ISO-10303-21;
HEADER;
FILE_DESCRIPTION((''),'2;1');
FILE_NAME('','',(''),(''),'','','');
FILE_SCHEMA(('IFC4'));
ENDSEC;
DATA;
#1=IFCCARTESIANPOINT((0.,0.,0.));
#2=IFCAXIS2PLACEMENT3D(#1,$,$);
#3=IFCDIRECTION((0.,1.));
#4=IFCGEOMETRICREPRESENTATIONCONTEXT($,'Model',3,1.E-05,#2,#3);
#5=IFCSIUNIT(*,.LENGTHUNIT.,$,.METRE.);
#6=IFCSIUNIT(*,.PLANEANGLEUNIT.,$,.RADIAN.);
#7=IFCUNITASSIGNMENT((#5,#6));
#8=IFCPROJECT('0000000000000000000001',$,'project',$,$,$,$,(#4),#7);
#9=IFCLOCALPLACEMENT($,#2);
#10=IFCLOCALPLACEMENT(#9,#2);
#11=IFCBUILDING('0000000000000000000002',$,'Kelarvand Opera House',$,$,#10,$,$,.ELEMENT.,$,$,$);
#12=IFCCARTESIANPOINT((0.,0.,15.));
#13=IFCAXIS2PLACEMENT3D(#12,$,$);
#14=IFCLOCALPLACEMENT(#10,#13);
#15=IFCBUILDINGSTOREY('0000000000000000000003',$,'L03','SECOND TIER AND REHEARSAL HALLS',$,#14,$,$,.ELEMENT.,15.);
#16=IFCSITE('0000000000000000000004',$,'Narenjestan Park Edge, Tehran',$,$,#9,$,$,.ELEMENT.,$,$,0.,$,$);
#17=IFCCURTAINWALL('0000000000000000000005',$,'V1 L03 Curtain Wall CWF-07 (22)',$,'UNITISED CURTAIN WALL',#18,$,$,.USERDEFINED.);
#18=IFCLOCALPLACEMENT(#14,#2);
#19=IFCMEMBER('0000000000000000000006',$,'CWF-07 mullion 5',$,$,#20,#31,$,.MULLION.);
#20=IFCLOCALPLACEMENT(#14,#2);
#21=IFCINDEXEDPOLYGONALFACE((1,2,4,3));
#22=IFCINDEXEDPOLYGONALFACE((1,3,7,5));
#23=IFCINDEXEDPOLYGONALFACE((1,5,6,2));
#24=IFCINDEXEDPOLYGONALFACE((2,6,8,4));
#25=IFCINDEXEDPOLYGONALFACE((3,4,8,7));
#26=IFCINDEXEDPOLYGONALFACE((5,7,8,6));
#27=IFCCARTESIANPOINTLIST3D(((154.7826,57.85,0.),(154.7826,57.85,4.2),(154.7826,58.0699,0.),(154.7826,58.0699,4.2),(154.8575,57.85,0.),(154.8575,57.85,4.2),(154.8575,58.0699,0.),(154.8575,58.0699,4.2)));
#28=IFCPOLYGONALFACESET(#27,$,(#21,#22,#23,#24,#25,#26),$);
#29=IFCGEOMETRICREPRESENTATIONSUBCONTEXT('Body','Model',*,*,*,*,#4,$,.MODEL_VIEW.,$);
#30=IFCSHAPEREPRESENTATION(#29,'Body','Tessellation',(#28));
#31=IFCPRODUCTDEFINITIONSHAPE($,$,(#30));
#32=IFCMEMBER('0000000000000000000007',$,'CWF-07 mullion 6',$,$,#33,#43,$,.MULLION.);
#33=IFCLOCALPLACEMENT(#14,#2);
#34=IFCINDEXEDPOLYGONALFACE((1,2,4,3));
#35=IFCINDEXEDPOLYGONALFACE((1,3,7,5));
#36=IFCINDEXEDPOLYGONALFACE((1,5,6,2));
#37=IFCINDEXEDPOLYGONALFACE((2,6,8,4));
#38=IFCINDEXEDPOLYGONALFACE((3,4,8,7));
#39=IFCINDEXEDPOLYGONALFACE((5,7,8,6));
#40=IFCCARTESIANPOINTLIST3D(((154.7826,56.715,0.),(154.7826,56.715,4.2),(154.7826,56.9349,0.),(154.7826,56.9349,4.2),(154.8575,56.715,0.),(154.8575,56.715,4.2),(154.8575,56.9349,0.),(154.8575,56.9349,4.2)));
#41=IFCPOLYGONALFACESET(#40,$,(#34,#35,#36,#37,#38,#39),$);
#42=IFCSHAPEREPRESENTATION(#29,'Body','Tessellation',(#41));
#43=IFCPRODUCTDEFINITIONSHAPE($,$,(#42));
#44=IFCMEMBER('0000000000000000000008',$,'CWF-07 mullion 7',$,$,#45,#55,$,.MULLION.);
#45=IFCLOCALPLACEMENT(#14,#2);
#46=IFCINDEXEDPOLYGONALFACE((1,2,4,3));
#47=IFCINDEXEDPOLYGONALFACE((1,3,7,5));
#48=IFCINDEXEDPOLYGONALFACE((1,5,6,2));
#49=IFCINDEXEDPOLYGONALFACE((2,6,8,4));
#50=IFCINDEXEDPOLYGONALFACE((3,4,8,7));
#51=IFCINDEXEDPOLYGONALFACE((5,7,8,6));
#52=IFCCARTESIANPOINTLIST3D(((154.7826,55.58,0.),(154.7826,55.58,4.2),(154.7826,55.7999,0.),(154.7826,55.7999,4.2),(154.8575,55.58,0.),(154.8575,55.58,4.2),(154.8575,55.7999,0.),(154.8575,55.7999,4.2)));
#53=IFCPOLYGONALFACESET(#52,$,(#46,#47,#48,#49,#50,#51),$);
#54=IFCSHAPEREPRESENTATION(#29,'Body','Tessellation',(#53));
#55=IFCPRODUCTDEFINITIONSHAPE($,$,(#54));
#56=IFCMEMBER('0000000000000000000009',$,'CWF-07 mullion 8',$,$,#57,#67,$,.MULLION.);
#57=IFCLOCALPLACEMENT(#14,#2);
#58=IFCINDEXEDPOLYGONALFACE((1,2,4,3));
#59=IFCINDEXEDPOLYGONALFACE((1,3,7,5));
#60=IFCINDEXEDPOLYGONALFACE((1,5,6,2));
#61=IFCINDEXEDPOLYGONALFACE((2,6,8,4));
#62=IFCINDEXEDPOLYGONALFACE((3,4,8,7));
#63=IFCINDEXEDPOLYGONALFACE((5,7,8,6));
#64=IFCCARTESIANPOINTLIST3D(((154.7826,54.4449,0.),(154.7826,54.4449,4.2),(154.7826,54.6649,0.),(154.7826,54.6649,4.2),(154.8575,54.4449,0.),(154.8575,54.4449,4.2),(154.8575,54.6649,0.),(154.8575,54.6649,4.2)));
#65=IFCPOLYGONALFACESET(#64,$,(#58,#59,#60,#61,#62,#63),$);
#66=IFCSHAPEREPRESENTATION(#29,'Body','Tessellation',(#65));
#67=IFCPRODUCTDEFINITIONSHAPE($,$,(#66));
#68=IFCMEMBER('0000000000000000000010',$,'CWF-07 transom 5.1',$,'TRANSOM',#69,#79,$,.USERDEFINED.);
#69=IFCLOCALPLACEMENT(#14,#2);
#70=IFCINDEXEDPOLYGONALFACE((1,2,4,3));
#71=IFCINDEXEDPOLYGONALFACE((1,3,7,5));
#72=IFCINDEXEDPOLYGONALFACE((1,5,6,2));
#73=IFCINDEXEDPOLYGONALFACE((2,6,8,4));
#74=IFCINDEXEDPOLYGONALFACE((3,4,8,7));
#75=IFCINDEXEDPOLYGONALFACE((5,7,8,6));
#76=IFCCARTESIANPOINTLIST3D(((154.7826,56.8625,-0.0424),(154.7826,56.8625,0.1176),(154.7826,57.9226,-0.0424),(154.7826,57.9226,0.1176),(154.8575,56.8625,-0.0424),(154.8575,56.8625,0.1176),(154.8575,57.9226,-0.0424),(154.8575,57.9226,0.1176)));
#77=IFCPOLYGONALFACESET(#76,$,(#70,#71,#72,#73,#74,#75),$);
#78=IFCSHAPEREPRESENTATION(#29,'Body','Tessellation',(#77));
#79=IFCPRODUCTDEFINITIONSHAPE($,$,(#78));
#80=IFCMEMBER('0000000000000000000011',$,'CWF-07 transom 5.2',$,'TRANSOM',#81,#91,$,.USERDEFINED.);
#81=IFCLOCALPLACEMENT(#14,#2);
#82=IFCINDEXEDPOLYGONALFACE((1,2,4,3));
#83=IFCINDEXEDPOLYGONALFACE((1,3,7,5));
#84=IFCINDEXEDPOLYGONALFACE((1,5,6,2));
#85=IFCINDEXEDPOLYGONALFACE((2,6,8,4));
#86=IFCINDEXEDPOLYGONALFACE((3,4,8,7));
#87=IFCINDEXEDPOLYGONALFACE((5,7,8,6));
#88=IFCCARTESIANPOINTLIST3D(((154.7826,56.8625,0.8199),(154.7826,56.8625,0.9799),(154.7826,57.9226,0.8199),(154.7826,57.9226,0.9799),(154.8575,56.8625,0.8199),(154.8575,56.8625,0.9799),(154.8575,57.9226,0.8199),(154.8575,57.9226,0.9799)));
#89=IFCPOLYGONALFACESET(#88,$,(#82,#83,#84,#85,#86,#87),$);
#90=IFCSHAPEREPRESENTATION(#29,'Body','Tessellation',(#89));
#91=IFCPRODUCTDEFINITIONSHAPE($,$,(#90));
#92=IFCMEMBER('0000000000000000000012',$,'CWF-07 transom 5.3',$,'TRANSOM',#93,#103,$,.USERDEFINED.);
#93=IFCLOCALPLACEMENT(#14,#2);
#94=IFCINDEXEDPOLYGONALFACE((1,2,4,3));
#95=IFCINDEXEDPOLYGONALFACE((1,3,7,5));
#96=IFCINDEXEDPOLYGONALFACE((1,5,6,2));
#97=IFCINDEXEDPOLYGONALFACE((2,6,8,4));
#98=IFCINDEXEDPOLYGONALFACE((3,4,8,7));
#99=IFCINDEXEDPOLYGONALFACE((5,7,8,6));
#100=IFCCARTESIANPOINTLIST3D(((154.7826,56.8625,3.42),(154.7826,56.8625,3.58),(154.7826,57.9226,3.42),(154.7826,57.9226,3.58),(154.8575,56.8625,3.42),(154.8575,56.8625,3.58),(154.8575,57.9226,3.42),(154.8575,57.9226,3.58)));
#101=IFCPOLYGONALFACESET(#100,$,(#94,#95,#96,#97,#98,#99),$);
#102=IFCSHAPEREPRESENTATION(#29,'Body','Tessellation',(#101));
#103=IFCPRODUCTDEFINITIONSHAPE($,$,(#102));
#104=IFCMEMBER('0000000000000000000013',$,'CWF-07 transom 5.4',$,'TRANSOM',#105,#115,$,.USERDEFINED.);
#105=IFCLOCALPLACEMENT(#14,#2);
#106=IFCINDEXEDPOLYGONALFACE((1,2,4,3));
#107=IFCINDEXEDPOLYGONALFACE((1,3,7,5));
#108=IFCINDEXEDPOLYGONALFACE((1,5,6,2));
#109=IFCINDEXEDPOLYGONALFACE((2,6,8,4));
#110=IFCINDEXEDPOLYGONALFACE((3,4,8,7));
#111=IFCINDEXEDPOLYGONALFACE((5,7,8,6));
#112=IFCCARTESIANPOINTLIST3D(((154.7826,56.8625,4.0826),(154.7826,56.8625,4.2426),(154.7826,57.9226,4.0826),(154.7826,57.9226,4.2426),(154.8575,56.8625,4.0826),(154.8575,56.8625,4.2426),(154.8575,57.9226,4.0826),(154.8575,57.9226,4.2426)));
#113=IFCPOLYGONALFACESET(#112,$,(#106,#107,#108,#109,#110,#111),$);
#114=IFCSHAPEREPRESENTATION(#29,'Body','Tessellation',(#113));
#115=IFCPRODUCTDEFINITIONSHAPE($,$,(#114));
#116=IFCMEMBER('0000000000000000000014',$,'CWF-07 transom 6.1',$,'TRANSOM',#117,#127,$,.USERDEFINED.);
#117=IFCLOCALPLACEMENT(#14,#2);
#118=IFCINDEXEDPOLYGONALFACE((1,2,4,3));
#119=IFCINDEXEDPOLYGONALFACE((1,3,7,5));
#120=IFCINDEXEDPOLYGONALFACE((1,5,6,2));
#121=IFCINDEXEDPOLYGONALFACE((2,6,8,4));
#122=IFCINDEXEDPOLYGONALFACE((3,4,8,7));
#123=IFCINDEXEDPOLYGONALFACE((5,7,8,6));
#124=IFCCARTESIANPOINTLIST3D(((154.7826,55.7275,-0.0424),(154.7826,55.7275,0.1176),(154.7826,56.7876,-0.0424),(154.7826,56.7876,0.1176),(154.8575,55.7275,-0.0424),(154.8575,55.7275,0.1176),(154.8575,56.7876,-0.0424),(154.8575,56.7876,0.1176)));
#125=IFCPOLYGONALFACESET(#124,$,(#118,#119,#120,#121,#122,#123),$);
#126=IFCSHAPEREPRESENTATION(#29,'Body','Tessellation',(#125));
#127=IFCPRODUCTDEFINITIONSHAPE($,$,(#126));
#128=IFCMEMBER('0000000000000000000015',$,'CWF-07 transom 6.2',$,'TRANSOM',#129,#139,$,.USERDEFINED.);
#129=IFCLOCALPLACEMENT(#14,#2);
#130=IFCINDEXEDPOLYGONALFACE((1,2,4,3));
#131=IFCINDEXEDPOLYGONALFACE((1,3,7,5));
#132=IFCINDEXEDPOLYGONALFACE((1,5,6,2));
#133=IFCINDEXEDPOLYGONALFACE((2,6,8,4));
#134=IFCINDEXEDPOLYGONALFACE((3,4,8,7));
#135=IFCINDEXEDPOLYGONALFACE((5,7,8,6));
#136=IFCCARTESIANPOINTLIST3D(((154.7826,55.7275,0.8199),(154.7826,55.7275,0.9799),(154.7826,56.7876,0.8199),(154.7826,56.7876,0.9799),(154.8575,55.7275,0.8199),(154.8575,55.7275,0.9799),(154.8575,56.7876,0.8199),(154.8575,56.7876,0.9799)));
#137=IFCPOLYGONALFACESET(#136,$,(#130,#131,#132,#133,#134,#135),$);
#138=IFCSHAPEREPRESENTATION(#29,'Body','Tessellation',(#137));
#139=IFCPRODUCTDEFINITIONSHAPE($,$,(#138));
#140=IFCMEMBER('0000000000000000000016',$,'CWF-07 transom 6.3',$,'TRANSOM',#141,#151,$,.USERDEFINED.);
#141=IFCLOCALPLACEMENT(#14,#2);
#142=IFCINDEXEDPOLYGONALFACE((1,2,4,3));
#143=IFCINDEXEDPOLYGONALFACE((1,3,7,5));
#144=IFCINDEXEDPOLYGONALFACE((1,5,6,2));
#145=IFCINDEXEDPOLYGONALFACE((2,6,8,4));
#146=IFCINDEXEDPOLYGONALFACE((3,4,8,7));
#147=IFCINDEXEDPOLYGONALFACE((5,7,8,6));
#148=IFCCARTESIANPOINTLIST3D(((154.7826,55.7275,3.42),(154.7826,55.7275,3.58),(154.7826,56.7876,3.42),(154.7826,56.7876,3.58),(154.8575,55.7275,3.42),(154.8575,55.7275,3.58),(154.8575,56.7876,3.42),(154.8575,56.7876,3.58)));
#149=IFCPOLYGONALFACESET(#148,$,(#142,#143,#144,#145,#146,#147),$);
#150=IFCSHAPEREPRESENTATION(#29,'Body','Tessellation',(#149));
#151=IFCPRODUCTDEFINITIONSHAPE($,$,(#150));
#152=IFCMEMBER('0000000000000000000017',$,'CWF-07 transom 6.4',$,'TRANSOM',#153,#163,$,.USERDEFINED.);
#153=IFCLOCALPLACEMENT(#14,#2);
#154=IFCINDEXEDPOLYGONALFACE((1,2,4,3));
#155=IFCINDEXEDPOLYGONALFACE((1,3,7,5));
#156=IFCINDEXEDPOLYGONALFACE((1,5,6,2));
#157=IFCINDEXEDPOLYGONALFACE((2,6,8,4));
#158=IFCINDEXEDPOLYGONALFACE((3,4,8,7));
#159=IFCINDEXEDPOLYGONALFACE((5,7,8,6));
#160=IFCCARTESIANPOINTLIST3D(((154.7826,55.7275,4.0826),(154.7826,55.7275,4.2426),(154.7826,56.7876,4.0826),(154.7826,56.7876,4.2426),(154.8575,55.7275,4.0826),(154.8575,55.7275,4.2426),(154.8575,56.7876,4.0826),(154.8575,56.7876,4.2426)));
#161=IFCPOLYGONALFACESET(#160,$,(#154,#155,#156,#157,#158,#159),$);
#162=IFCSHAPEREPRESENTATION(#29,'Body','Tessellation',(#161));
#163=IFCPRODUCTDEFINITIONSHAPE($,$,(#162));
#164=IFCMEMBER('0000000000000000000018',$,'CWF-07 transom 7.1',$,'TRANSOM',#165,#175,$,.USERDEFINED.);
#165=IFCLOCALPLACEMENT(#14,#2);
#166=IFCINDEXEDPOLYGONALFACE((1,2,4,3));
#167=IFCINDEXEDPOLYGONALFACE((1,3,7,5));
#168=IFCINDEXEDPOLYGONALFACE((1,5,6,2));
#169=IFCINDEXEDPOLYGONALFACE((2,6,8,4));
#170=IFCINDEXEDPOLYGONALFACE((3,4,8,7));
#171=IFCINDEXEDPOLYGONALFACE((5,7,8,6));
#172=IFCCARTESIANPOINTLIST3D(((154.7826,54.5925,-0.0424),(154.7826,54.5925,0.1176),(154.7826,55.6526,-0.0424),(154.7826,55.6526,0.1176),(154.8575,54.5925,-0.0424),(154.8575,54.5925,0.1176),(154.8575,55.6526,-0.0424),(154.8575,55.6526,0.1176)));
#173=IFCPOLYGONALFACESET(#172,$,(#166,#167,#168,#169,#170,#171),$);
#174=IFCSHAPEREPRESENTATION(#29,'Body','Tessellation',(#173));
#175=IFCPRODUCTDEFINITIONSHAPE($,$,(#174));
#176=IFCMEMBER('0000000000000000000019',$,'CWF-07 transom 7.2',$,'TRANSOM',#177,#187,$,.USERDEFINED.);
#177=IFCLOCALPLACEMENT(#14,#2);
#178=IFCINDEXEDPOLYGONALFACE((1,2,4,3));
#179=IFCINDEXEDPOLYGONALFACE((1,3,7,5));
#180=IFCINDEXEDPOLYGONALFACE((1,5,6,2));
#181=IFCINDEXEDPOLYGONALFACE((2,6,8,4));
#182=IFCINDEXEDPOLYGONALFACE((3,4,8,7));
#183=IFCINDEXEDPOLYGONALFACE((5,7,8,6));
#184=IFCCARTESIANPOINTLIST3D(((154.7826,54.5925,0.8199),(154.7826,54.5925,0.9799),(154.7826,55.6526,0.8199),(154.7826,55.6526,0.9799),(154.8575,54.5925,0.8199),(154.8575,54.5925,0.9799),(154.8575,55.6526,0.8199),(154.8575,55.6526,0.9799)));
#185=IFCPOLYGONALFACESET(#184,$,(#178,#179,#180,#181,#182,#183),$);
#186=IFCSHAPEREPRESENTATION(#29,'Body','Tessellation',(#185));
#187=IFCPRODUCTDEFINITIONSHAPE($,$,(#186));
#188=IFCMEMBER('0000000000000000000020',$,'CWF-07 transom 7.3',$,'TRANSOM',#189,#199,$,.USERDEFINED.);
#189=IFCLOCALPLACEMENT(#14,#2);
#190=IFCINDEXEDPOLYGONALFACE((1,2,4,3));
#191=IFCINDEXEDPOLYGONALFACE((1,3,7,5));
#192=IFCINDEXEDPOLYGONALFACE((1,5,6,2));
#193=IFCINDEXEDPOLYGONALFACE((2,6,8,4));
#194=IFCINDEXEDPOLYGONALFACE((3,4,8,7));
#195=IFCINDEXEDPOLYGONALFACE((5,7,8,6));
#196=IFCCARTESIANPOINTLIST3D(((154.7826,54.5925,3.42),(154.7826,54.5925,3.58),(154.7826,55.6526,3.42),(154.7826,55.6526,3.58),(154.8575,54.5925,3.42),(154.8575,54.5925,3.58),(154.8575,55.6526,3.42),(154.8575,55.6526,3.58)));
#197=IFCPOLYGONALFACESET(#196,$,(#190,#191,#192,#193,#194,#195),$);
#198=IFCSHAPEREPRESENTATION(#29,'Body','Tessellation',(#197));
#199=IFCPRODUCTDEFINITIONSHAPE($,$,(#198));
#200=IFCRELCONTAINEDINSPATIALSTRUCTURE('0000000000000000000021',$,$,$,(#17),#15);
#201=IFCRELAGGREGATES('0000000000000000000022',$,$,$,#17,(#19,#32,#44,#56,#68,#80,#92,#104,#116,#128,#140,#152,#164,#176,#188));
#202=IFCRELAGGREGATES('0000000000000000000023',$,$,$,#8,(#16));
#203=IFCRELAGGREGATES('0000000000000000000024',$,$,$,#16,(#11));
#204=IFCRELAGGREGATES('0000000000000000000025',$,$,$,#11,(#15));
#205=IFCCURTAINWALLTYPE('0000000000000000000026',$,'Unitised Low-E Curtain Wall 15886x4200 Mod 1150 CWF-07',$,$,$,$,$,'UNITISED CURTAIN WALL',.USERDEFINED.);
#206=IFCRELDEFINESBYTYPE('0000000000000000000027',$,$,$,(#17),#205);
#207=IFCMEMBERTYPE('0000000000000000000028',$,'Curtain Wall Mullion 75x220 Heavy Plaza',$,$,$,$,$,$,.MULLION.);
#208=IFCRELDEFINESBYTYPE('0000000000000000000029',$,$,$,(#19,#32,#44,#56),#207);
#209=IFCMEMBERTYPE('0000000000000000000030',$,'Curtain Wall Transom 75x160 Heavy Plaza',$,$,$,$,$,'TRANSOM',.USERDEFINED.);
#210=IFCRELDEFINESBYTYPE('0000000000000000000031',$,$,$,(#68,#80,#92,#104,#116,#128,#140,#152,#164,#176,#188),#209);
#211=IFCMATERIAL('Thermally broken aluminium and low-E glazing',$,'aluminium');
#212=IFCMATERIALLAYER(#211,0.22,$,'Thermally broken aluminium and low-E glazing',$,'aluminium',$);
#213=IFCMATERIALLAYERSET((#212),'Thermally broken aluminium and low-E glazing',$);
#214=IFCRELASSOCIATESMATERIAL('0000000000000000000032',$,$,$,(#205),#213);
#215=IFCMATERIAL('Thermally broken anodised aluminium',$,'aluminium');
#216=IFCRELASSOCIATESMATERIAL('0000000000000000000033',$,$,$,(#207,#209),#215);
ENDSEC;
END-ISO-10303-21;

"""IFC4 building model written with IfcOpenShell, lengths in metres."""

from ifc_helpers import new_model, si_unit, direction, frame, origin, origin_2d, place, context, subcontext, project, spatial, rectangle, extrude, material, layer, layer_set, material_profile, profile_set, type_object, element, aggregate, save


model = new_model("IFC4")

# Units and contexts
model_context = context("Model", 3, precision=1e-05, world=origin(), true_north=direction((0.0, 1.0)))
body_context = subcontext(model_context, "Body", "Model", "MODEL_VIEW")
ifc_project = project(units=[si_unit("LENGTHUNIT", "METRE"), si_unit("PLANEANGLEUNIT", "RADIAN")], contexts=[model_context])

# Site, building, storey
site_placement = place(None, origin())
site = spatial("IfcSite", under=ifc_project, at=site_placement, Name="Narenjestan Park Edge, Tehran", CompositionType="ELEMENT", RefElevation=0.0)
building_placement = place(site_placement, origin())
building = spatial("IfcBuilding", under=site, at=building_placement, Name="Kelarvand Opera House", CompositionType="ELEMENT")
storey_placement = place(building_placement, frame((0.0, 0.0, 15.0)))
storey = spatial("IfcBuildingStorey", under=building, at=storey_placement, Name="L03", Description="SECOND TIER AND REHEARSAL HALLS", CompositionType="ELEMENT", Elevation=15.0)

# Curtain wall, members
ifc_material_1 = material(Name="Thermally broken aluminium and low-E glazing", Category="aluminium")
ifc_layer_1 = layer(ifc_material_1, 0.22, Name="Thermally broken aluminium and low-E glazing", Category="aluminium")
ifc_layer_set_1 = layer_set([ifc_layer_1], Name="Thermally broken aluminium and low-E glazing")
curtain_wall_type = type_object("IfcCurtainWallType", Name="Unitised Low-E Curtain Wall 15886x4200 Mod 1150 CWF-07", ElementType="UNITISED CURTAIN WALL", PredefinedType="USERDEFINED", material=ifc_layer_set_1)
curtain_wall_placement = place(storey_placement, origin())
curtain_wall = element("IfcCurtainWall", 1, at=curtain_wall_placement, inside=storey, type_object=curtain_wall_type, Name="V1 L03 Curtain Wall CWF-07 (22)", ObjectType="UNITISED CURTAIN WALL", PredefinedType="USERDEFINED")
ifc_material_2 = material(Name="Thermally broken anodised aluminium", Category="aluminium")
ifc_material_profile_1 = material_profile(ifc_material_2, rectangle(XDim=0.075, YDim=0.22, at=origin_2d()), Name="ALU MULLION 75x220", Category="aluminium")
ifc_profile_set_1 = profile_set([ifc_material_profile_1], Name="Thermally broken anodised aluminium")
member_type_1 = type_object("IfcMemberType", Name="Curtain Wall Mullion 75x220 Heavy Plaza", PredefinedType="MULLION", material=ifc_profile_set_1)
member_1_placement = place(storey_placement, frame((154.8201, 57.96, 0.0), z_axis=(0.0, 0.0, 1.0), x_axis=(1.0, 0.0, 0.0)))
member_1 = element("IfcMember", 2, at=member_1_placement, type_object=member_type_1, Name="CWF-07 mullion 5", PredefinedType="MULLION", context=body_context, shape_type="SweptSolid", body=[
    extrude(rectangle(XDim=0.075, YDim=0.22, at=origin_2d()), origin(), (0.0, 0.0, 1.0), 4.2),
])
member_2_placement = place(storey_placement, frame((154.8201, 56.825, 0.0), z_axis=(0.0, 0.0, 1.0), x_axis=(1.0, 0.0, 0.0)))
member_2 = element("IfcMember", 3, at=member_2_placement, type_object=member_type_1, Name="CWF-07 mullion 6", PredefinedType="MULLION", context=body_context, shape_type="SweptSolid", body=[
    extrude(rectangle(XDim=0.075, YDim=0.22, at=origin_2d()), origin(), (0.0, 0.0, 1.0), 4.2),
])
member_3_placement = place(storey_placement, frame((154.8201, 55.6899, 0.0), z_axis=(0.0, 0.0, 1.0), x_axis=(1.0, 0.0, 0.0)))
member_3 = element("IfcMember", 4, at=member_3_placement, type_object=member_type_1, Name="CWF-07 mullion 7", PredefinedType="MULLION", context=body_context, shape_type="SweptSolid", body=[
    extrude(rectangle(XDim=0.075, YDim=0.22, at=origin_2d()), origin(), (0.0, 0.0, 1.0), 4.2),
])
member_4_placement = place(storey_placement, frame((154.8201, 54.5549, 0.0), z_axis=(0.0, 0.0, 1.0), x_axis=(1.0, 0.0, 0.0)))
member_4 = element("IfcMember", 5, at=member_4_placement, type_object=member_type_1, Name="CWF-07 mullion 8", PredefinedType="MULLION", context=body_context, shape_type="SweptSolid", body=[
    extrude(rectangle(XDim=0.075, YDim=0.22, at=origin_2d()), origin(), (0.0, 0.0, 1.0), 4.2),
])
ifc_material_profile_2 = material_profile(ifc_material_2, rectangle(XDim=0.075, YDim=0.1599, at=origin_2d()), Name="ALU TRANSOM 75x160", Category="aluminium")
ifc_profile_set_2 = profile_set([ifc_material_profile_2], Name="Thermally broken anodised aluminium")
member_type_2 = type_object("IfcMemberType", Name="Curtain Wall Transom 75x160 Heavy Plaza", ElementType="TRANSOM", PredefinedType="USERDEFINED", material=ifc_profile_set_2)
member_5_placement = place(storey_placement, frame((154.8201, 57.9226, 0.0376), z_axis=(0.0, -1.0, 0.0), x_axis=(1.0, 0.0, 0.0)))
member_5 = element("IfcMember", 6, at=member_5_placement, type_object=member_type_2, Name="CWF-07 transom 5.1", ObjectType="TRANSOM", PredefinedType="USERDEFINED", context=body_context, shape_type="SweptSolid", body=[
    extrude(rectangle(XDim=0.075, YDim=0.1599, at=origin_2d()), origin(), (0.0, 0.0, 1.0), 1.0601),
])
member_6_placement = place(storey_placement, frame((154.8201, 57.9226, 0.8999), z_axis=(0.0, -1.0, 0.0), x_axis=(1.0, 0.0, 0.0)))
member_6 = element("IfcMember", 7, at=member_6_placement, type_object=member_type_2, Name="CWF-07 transom 5.2", ObjectType="TRANSOM", PredefinedType="USERDEFINED", context=body_context, shape_type="SweptSolid", body=[
    extrude(rectangle(XDim=0.075, YDim=0.1599, at=origin_2d()), origin(), (0.0, 0.0, 1.0), 1.0601),
])
member_7_placement = place(storey_placement, frame((154.8201, 57.9226, 3.5), z_axis=(0.0, -1.0, 0.0), x_axis=(1.0, 0.0, 0.0)))
member_7 = element("IfcMember", 8, at=member_7_placement, type_object=member_type_2, Name="CWF-07 transom 5.3", ObjectType="TRANSOM", PredefinedType="USERDEFINED", context=body_context, shape_type="SweptSolid", body=[
    extrude(rectangle(XDim=0.075, YDim=0.1599, at=origin_2d()), origin(), (0.0, 0.0, 1.0), 1.0601),
])
member_8_placement = place(storey_placement, frame((154.8201, 57.9226, 4.1626), z_axis=(0.0, -1.0, 0.0), x_axis=(1.0, 0.0, 0.0)))
member_8 = element("IfcMember", 9, at=member_8_placement, type_object=member_type_2, Name="CWF-07 transom 5.4", ObjectType="TRANSOM", PredefinedType="USERDEFINED", context=body_context, shape_type="SweptSolid", body=[
    extrude(rectangle(XDim=0.075, YDim=0.1599, at=origin_2d()), origin(), (0.0, 0.0, 1.0), 1.0601),
])
member_9_placement = place(storey_placement, frame((154.8201, 56.7876, 0.0376), z_axis=(0.0, -1.0, 0.0), x_axis=(1.0, 0.0, 0.0)))
member_9 = element("IfcMember", 10, at=member_9_placement, type_object=member_type_2, Name="CWF-07 transom 6.1", ObjectType="TRANSOM", PredefinedType="USERDEFINED", context=body_context, shape_type="SweptSolid", body=[
    extrude(rectangle(XDim=0.075, YDim=0.1599, at=origin_2d()), origin(), (0.0, 0.0, 1.0), 1.0601),
])
member_10_placement = place(storey_placement, frame((154.8201, 56.7876, 0.8999), z_axis=(0.0, -1.0, 0.0), x_axis=(1.0, 0.0, 0.0)))
member_10 = element("IfcMember", 11, at=member_10_placement, type_object=member_type_2, Name="CWF-07 transom 6.2", ObjectType="TRANSOM", PredefinedType="USERDEFINED", context=body_context, shape_type="SweptSolid", body=[
    extrude(rectangle(XDim=0.075, YDim=0.1599, at=origin_2d()), origin(), (0.0, 0.0, 1.0), 1.0601),
])
member_11_placement = place(storey_placement, frame((154.8201, 56.7876, 3.5), z_axis=(0.0, -1.0, 0.0), x_axis=(1.0, 0.0, 0.0)))
member_11 = element("IfcMember", 12, at=member_11_placement, type_object=member_type_2, Name="CWF-07 transom 6.3", ObjectType="TRANSOM", PredefinedType="USERDEFINED", context=body_context, shape_type="SweptSolid", body=[
    extrude(rectangle(XDim=0.075, YDim=0.1599, at=origin_2d()), origin(), (0.0, 0.0, 1.0), 1.0601),
])
member_12_placement = place(storey_placement, frame((154.8201, 56.7876, 4.1626), z_axis=(0.0, -1.0, 0.0), x_axis=(1.0, 0.0, 0.0)))
member_12 = element("IfcMember", 13, at=member_12_placement, type_object=member_type_2, Name="CWF-07 transom 6.4", ObjectType="TRANSOM", PredefinedType="USERDEFINED", context=body_context, shape_type="SweptSolid", body=[
    extrude(rectangle(XDim=0.075, YDim=0.1599, at=origin_2d()), origin(), (0.0, 0.0, 1.0), 1.0601),
])
member_13_placement = place(storey_placement, frame((154.8201, 55.6526, 0.0376), z_axis=(0.0, -1.0, 0.0), x_axis=(1.0, 0.0, 0.0)))
member_13 = element("IfcMember", 14, at=member_13_placement, type_object=member_type_2, Name="CWF-07 transom 7.1", ObjectType="TRANSOM", PredefinedType="USERDEFINED", context=body_context, shape_type="SweptSolid", body=[
    extrude(rectangle(XDim=0.075, YDim=0.1599, at=origin_2d()), origin(), (0.0, 0.0, 1.0), 1.0601),
])
member_14_placement = place(storey_placement, frame((154.8201, 55.6526, 0.8999), z_axis=(0.0, -1.0, 0.0), x_axis=(1.0, 0.0, 0.0)))
member_14 = element("IfcMember", 15, at=member_14_placement, type_object=member_type_2, Name="CWF-07 transom 7.2", ObjectType="TRANSOM", PredefinedType="USERDEFINED", context=body_context, shape_type="SweptSolid", body=[
    extrude(rectangle(XDim=0.075, YDim=0.1599, at=origin_2d()), origin(), (0.0, 0.0, 1.0), 1.0601),
])
member_15_placement = place(storey_placement, frame((154.8201, 55.6526, 3.5), z_axis=(0.0, -1.0, 0.0), x_axis=(1.0, 0.0, 0.0)))
member_15 = element("IfcMember", 16, at=member_15_placement, type_object=member_type_2, Name="CWF-07 transom 7.3", ObjectType="TRANSOM", PredefinedType="USERDEFINED", context=body_context, shape_type="SweptSolid", body=[
    extrude(rectangle(XDim=0.075, YDim=0.1599, at=origin_2d()), origin(), (0.0, 0.0, 1.0), 1.0601),
])

aggregate(curtain_wall, [member_1, member_2, member_3, member_4, member_5, member_6, member_7, member_8, member_9, member_10, member_11, member_12, member_13, member_14, member_15])

save(model, "model.ifc")
